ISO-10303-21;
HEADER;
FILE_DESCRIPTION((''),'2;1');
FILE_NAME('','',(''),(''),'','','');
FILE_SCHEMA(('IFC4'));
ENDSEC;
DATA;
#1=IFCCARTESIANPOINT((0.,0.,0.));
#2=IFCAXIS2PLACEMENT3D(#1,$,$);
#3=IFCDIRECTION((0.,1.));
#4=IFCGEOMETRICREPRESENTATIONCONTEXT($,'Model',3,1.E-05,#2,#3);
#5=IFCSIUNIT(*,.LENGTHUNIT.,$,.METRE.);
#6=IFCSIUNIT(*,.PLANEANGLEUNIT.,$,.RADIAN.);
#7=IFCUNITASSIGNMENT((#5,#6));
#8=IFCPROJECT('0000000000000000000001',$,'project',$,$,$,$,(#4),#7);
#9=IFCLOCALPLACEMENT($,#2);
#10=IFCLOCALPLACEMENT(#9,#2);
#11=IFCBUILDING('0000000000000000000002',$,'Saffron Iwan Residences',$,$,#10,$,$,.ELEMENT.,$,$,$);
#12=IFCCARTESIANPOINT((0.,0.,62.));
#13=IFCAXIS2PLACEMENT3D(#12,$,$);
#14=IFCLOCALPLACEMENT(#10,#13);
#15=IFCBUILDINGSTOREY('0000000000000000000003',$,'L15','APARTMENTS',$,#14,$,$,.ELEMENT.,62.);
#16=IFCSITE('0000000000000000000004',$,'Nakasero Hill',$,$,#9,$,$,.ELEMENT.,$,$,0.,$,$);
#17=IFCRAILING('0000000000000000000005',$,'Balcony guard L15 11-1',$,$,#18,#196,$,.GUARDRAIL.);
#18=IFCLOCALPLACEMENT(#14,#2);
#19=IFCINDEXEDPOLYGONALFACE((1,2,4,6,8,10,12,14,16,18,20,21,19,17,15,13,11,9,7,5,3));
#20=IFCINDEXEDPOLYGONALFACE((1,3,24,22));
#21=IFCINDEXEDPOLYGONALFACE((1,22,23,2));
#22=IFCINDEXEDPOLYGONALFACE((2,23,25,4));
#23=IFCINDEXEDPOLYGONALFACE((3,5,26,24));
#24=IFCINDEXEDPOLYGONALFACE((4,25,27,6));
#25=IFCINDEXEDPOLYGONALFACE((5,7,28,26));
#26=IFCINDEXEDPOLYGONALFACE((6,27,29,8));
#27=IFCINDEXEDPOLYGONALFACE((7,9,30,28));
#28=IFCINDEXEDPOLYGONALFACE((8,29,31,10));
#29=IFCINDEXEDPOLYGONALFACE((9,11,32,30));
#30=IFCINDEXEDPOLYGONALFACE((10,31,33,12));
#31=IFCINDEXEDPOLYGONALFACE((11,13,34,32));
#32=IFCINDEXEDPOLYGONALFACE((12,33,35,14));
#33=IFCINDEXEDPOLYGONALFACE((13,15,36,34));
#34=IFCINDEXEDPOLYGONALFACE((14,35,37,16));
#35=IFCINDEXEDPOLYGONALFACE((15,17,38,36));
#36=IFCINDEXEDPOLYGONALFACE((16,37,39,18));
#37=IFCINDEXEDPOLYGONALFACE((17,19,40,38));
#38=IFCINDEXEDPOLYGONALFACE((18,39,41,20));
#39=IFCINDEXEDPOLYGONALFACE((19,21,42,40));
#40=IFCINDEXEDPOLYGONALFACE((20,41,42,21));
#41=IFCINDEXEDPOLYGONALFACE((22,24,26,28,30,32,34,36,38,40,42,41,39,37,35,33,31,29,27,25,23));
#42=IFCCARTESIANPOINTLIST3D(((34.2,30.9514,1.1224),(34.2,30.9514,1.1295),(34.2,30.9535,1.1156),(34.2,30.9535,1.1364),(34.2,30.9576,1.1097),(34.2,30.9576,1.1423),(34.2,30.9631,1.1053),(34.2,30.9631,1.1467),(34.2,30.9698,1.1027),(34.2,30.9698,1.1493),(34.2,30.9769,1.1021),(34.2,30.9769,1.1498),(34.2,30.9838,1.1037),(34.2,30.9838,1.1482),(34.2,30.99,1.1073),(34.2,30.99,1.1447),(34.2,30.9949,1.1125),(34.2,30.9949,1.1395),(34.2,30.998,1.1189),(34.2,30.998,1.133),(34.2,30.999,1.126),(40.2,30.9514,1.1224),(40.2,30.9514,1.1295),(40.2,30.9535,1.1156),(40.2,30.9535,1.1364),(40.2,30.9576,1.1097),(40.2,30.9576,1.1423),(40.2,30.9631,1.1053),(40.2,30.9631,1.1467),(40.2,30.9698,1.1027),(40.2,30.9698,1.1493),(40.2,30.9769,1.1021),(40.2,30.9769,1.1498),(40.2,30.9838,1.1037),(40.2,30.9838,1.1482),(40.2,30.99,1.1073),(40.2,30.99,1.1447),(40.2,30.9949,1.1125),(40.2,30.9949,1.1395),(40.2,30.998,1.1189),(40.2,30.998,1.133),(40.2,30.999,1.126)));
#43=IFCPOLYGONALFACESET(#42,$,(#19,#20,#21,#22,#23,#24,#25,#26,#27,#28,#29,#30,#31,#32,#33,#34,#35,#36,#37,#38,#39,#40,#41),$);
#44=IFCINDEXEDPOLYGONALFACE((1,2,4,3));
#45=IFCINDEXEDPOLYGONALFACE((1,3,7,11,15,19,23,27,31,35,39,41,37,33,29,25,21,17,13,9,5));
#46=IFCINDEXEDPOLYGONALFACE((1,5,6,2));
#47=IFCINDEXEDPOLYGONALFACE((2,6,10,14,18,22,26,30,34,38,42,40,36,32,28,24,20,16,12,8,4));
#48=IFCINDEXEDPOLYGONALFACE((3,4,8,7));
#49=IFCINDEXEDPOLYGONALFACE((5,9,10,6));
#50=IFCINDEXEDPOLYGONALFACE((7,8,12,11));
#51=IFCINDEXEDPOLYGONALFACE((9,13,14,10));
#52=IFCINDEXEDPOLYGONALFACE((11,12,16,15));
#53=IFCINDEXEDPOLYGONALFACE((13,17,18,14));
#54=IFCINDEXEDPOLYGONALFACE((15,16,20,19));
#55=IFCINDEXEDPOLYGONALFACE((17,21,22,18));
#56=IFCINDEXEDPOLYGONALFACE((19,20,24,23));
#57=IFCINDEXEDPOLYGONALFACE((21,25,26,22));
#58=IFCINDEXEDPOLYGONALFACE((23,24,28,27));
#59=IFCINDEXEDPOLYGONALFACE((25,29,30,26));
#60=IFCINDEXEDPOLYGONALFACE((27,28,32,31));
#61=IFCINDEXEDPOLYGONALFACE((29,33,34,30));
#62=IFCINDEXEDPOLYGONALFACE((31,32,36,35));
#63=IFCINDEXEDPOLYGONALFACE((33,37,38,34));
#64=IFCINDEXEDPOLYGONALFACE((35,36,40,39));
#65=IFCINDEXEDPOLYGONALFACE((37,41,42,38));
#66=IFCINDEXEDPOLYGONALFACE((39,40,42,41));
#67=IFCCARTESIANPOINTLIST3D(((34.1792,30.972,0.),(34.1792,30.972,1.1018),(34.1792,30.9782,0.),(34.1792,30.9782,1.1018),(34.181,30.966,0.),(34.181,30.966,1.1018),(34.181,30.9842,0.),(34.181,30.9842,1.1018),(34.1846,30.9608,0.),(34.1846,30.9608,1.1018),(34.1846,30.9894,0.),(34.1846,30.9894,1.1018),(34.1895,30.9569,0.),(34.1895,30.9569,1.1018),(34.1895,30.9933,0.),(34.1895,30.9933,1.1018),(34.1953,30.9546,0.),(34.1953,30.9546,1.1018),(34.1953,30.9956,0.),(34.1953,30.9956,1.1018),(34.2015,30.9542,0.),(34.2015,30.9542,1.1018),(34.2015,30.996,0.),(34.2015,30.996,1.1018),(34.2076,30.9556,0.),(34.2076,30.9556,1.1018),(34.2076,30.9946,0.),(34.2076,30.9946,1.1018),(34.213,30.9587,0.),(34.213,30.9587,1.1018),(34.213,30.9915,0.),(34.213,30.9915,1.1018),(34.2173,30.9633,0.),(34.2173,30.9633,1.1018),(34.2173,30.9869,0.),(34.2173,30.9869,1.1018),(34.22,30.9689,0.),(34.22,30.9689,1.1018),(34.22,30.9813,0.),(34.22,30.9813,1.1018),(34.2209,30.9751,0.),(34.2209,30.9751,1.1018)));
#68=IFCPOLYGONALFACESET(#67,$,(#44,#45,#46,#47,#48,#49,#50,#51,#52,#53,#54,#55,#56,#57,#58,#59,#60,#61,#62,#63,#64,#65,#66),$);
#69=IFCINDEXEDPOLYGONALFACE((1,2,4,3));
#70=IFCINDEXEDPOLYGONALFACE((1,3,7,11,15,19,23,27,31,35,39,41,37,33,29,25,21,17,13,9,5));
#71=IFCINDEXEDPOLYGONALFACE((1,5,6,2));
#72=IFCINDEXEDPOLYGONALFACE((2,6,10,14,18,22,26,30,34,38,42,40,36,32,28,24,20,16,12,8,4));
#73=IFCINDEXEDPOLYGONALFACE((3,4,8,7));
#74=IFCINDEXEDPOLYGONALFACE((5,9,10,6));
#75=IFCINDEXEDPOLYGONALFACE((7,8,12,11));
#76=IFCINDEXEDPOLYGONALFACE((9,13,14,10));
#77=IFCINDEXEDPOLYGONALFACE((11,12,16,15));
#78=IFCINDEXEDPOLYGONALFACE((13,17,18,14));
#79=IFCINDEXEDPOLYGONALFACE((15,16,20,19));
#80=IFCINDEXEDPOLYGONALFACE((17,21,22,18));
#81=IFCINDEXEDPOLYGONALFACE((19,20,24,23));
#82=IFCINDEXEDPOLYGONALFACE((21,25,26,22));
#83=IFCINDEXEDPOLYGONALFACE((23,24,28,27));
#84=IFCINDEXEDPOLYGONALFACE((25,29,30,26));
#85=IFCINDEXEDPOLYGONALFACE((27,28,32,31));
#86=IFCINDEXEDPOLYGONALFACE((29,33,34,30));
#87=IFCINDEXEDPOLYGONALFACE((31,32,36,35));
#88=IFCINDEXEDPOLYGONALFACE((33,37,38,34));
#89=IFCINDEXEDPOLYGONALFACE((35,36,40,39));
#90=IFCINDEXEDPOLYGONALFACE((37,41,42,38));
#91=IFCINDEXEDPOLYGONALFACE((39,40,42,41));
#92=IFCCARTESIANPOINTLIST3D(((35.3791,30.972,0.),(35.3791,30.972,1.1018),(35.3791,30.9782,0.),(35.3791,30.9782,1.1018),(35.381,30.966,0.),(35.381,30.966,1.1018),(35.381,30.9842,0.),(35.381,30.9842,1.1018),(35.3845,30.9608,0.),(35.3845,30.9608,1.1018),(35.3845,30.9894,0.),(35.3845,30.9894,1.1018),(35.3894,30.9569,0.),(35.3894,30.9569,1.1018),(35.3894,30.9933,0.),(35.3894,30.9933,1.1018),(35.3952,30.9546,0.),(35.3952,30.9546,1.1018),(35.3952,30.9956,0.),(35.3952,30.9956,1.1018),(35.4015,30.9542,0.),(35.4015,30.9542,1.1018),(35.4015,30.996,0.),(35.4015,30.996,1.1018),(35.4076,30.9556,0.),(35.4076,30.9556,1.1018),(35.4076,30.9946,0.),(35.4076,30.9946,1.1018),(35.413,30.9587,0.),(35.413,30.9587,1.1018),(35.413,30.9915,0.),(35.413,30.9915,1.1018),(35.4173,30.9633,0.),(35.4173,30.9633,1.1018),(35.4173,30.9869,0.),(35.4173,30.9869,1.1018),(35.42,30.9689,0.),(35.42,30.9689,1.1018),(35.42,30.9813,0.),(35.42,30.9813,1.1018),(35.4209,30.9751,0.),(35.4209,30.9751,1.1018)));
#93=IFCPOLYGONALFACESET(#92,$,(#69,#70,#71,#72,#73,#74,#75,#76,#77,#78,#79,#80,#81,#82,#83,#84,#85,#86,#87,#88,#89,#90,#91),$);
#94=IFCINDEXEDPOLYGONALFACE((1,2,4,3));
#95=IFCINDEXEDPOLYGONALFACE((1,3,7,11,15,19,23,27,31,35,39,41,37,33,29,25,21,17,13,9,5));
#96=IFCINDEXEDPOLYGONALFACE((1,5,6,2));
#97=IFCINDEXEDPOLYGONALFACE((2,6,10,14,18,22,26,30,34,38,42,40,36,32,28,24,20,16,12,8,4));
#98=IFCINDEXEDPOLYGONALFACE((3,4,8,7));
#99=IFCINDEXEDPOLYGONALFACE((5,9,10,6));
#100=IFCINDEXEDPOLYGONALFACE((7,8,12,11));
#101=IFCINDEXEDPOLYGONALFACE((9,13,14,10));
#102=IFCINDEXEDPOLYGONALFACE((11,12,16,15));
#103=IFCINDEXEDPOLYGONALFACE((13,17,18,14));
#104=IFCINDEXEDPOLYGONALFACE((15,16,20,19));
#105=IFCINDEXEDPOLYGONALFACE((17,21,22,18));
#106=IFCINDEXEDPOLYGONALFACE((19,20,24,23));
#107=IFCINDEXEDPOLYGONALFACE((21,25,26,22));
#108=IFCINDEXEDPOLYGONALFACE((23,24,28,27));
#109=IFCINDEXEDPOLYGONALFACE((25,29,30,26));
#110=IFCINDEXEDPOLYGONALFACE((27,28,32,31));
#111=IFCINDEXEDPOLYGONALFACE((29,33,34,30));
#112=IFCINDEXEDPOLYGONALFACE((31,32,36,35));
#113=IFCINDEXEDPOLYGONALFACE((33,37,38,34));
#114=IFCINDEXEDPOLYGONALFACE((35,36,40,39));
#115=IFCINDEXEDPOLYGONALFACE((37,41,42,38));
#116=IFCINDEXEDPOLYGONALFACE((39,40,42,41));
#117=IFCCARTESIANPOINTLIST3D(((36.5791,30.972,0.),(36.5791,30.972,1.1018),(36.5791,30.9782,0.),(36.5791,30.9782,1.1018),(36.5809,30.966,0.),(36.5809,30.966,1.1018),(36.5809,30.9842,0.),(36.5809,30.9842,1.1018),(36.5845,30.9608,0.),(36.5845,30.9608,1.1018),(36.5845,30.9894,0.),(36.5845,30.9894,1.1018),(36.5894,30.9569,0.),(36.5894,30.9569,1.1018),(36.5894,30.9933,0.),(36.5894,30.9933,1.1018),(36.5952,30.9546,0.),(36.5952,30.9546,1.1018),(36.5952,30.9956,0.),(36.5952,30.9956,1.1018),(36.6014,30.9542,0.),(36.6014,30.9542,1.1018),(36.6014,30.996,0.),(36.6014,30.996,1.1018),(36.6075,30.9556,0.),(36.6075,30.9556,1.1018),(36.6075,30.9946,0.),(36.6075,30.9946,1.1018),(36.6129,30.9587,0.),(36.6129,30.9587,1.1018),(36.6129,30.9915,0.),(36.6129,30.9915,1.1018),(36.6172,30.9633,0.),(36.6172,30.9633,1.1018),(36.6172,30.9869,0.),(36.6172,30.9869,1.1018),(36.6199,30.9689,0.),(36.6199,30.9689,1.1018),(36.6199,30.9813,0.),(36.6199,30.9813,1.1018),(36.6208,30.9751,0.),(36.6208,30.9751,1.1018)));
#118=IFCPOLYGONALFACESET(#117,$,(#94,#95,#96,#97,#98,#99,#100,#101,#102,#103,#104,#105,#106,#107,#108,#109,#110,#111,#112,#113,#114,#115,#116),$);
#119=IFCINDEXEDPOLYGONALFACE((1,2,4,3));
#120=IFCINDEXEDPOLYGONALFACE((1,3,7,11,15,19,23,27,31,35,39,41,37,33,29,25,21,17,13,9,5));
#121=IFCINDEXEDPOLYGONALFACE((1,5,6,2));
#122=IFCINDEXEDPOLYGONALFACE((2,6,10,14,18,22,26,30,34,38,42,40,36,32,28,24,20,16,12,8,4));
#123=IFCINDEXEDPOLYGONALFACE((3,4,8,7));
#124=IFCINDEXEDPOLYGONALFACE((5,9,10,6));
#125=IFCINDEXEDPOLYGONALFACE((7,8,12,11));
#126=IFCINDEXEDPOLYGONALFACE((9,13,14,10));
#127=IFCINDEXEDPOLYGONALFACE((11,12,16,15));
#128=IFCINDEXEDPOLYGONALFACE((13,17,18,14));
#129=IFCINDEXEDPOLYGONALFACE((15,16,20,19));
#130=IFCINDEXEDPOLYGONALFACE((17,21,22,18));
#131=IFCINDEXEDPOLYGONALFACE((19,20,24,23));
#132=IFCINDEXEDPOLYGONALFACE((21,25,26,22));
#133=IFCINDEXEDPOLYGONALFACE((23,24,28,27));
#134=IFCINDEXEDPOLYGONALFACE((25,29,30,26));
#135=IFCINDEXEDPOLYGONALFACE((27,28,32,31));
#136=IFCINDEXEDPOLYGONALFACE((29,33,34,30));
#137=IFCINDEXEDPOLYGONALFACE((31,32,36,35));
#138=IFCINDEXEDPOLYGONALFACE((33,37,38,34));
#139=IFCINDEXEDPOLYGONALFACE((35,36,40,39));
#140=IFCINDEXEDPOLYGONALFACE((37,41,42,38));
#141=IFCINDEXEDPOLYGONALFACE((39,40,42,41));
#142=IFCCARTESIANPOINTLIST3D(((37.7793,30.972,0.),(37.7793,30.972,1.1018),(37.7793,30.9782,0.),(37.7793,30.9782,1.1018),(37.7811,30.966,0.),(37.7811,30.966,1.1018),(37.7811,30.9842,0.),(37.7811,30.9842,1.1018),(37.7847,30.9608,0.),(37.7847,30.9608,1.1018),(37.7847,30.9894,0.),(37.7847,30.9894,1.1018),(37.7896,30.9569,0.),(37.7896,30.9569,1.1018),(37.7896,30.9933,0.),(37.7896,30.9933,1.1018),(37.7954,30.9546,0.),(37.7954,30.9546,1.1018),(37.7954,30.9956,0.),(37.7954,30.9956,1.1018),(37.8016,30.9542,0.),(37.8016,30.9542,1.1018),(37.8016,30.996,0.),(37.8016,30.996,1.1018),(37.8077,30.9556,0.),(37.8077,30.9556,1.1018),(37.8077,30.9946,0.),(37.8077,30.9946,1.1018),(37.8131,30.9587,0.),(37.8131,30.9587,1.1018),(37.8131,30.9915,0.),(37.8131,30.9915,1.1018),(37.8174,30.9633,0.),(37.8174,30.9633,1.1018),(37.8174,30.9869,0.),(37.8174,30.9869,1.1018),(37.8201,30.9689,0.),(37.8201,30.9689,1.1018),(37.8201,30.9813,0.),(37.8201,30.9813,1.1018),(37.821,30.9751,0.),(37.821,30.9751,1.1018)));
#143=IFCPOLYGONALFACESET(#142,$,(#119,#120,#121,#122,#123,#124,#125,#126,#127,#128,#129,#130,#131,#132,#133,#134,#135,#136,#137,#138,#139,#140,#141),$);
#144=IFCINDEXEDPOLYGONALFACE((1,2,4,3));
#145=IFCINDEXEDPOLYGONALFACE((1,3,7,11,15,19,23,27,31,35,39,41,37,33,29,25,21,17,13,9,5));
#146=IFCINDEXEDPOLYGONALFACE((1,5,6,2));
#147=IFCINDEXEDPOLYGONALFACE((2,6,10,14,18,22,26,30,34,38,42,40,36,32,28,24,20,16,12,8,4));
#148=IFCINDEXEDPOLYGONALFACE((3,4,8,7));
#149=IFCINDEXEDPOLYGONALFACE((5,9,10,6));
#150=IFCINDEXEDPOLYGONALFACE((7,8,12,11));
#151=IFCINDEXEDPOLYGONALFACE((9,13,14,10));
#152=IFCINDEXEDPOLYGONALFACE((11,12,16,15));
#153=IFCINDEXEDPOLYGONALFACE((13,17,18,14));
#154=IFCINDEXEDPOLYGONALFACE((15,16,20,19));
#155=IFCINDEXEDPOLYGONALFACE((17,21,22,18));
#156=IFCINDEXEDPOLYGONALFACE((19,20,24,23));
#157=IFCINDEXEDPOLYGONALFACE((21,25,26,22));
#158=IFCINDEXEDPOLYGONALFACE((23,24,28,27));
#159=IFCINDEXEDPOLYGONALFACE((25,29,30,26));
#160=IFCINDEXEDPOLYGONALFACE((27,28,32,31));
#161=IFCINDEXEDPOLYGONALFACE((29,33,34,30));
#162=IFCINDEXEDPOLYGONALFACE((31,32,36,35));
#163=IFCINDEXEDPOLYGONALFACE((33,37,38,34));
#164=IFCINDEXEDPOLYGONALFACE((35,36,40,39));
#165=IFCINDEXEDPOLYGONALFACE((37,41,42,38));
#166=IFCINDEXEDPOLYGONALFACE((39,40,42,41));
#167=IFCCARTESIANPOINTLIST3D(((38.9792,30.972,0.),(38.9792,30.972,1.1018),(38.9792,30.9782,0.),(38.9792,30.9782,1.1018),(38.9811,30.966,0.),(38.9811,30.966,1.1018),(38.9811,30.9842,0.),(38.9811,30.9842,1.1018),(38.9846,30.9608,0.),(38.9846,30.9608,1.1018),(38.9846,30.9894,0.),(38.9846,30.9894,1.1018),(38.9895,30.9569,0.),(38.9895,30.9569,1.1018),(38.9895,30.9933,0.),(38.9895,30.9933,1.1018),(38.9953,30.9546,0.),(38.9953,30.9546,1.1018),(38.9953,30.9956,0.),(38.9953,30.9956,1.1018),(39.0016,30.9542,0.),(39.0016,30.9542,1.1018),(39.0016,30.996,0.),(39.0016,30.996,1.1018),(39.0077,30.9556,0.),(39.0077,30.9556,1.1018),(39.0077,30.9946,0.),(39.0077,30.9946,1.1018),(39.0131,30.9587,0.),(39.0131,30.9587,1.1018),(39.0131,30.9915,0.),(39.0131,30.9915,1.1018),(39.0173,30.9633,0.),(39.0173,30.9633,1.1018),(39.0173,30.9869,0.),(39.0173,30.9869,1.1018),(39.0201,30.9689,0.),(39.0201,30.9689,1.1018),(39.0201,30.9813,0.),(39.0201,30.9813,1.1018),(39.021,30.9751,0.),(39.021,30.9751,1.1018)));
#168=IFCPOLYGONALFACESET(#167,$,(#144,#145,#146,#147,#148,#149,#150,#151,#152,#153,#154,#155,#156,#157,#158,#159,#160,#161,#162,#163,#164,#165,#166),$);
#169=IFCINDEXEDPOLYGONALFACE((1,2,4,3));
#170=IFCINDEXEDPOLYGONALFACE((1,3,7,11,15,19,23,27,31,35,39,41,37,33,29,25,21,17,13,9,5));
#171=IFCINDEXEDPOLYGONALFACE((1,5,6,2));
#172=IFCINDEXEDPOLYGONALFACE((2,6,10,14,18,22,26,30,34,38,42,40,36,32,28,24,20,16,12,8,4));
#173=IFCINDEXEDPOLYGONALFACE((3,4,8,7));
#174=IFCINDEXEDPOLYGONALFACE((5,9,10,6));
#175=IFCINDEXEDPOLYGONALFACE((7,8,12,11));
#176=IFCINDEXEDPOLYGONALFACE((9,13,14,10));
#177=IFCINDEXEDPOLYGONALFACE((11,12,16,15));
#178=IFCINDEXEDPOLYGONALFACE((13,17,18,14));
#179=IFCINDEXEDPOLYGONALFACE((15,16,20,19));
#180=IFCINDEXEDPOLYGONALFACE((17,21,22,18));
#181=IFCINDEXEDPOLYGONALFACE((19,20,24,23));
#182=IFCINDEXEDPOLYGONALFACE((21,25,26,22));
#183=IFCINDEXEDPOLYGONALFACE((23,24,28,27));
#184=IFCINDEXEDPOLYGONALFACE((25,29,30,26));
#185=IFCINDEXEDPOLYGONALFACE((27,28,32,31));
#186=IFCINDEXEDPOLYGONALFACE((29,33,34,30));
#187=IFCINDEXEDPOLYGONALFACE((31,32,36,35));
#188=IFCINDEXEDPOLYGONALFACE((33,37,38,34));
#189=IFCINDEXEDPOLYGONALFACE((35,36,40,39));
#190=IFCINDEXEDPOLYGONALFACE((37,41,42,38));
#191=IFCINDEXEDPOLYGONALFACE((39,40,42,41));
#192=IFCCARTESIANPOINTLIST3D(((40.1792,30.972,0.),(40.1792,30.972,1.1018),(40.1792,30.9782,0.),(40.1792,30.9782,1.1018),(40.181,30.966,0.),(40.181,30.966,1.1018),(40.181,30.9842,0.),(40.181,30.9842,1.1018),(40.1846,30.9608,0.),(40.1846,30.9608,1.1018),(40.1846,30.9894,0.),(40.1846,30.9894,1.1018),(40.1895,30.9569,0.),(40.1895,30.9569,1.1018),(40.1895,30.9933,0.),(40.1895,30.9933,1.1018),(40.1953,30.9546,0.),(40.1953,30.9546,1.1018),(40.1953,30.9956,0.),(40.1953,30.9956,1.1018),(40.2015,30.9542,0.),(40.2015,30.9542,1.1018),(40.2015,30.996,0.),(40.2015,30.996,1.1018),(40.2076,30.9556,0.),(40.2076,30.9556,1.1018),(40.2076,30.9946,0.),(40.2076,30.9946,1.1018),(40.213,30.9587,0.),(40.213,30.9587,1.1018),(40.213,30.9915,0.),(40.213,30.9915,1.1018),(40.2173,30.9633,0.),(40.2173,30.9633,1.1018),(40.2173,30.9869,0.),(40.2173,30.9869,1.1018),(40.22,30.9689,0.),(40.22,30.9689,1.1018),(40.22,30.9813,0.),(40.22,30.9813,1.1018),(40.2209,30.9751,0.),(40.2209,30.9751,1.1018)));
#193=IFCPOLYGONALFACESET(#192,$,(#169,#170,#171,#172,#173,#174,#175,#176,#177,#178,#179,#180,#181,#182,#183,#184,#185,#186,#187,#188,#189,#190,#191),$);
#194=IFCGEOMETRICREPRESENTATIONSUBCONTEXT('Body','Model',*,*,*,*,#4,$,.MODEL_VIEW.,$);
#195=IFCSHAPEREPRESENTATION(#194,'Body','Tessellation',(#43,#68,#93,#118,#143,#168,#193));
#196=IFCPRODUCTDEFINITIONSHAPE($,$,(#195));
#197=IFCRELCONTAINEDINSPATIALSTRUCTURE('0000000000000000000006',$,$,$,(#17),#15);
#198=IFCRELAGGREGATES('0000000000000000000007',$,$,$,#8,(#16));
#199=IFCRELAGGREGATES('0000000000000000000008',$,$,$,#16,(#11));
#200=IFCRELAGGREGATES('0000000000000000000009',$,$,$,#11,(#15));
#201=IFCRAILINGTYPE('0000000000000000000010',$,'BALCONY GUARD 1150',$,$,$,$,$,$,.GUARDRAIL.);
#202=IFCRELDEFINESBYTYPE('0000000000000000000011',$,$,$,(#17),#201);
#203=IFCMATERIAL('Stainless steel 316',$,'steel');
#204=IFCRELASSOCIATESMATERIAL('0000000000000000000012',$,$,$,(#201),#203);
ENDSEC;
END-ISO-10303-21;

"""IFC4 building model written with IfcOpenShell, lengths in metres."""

from ifc_helpers import new_model, si_unit, direction, frame, origin, origin_2d, place, context, subcontext, project, spatial, circle, extrude, material, type_object, element, save


model = new_model("IFC4")

# Units and contexts
model_context = context("Model", 3, precision=1e-05, world=origin(), true_north=direction((0.0, 1.0)))
body_context = subcontext(model_context, "Body", "Model", "MODEL_VIEW")
ifc_project = project(units=[si_unit("LENGTHUNIT", "METRE"), si_unit("PLANEANGLEUNIT", "RADIAN")], contexts=[model_context])

# Site, building, storey
site_placement = place(None, origin())
site = spatial("IfcSite", under=ifc_project, at=site_placement, Name="Nakasero Hill", CompositionType="ELEMENT", RefElevation=0.0)
building_placement = place(site_placement, origin())
building = spatial("IfcBuilding", under=site, at=building_placement, Name="Saffron Iwan Residences", CompositionType="ELEMENT")
storey_placement = place(building_placement, frame((0.0, 0.0, 62.0)))
storey = spatial("IfcBuildingStorey", under=building, at=storey_placement, Name="L15", Description="APARTMENTS", CompositionType="ELEMENT", Elevation=62.0)

# Railing
ifc_material_1 = material(Name="Stainless steel 316", Category="steel")
railing_type = type_object("IfcRailingType", Name="BALCONY GUARD 1150", PredefinedType="GUARDRAIL", material=ifc_material_1)
railing_placement = place(storey_placement, frame((34.2, 30.9751, 0.0)))
element("IfcRailing", 1, at=railing_placement, inside=storey, type_object=railing_type, Name="Balcony guard L15 11-1", PredefinedType="GUARDRAIL", context=body_context, shape_type="SweptSolid", body=[
    extrude(circle(Radius=0.0239, at=origin_2d()), frame((0.0, 0.0, 1.126), z_axis=(1.0, 0.0, 0.0), x_axis=(0.0, 1.0, 0.0)), (0.0, 0.0, 1.0), 6.0),
    extrude(circle(Radius=0.021, at=origin_2d()), origin(), (0.0, 0.0, 1.0), 1.1018),
    extrude(circle(Radius=0.021, at=origin_2d()), frame((1.2, 0.0, 0.0)), (0.0, 0.0, 1.0), 1.1018),
    extrude(circle(Radius=0.021, at=origin_2d()), frame((2.3999, 0.0, 0.0)), (0.0, 0.0, 1.0), 1.1018),
    extrude(circle(Radius=0.021, at=origin_2d()), frame((3.6001, 0.0, 0.0)), (0.0, 0.0, 1.0), 1.1018),
    extrude(circle(Radius=0.021, at=origin_2d()), frame((4.8, 0.0, 0.0)), (0.0, 0.0, 1.0), 1.1018),
    extrude(circle(Radius=0.021, at=origin_2d()), frame((6.0, 0.0, 0.0)), (0.0, 0.0, 1.0), 1.1018),
])

save(model, "model.ifc")
